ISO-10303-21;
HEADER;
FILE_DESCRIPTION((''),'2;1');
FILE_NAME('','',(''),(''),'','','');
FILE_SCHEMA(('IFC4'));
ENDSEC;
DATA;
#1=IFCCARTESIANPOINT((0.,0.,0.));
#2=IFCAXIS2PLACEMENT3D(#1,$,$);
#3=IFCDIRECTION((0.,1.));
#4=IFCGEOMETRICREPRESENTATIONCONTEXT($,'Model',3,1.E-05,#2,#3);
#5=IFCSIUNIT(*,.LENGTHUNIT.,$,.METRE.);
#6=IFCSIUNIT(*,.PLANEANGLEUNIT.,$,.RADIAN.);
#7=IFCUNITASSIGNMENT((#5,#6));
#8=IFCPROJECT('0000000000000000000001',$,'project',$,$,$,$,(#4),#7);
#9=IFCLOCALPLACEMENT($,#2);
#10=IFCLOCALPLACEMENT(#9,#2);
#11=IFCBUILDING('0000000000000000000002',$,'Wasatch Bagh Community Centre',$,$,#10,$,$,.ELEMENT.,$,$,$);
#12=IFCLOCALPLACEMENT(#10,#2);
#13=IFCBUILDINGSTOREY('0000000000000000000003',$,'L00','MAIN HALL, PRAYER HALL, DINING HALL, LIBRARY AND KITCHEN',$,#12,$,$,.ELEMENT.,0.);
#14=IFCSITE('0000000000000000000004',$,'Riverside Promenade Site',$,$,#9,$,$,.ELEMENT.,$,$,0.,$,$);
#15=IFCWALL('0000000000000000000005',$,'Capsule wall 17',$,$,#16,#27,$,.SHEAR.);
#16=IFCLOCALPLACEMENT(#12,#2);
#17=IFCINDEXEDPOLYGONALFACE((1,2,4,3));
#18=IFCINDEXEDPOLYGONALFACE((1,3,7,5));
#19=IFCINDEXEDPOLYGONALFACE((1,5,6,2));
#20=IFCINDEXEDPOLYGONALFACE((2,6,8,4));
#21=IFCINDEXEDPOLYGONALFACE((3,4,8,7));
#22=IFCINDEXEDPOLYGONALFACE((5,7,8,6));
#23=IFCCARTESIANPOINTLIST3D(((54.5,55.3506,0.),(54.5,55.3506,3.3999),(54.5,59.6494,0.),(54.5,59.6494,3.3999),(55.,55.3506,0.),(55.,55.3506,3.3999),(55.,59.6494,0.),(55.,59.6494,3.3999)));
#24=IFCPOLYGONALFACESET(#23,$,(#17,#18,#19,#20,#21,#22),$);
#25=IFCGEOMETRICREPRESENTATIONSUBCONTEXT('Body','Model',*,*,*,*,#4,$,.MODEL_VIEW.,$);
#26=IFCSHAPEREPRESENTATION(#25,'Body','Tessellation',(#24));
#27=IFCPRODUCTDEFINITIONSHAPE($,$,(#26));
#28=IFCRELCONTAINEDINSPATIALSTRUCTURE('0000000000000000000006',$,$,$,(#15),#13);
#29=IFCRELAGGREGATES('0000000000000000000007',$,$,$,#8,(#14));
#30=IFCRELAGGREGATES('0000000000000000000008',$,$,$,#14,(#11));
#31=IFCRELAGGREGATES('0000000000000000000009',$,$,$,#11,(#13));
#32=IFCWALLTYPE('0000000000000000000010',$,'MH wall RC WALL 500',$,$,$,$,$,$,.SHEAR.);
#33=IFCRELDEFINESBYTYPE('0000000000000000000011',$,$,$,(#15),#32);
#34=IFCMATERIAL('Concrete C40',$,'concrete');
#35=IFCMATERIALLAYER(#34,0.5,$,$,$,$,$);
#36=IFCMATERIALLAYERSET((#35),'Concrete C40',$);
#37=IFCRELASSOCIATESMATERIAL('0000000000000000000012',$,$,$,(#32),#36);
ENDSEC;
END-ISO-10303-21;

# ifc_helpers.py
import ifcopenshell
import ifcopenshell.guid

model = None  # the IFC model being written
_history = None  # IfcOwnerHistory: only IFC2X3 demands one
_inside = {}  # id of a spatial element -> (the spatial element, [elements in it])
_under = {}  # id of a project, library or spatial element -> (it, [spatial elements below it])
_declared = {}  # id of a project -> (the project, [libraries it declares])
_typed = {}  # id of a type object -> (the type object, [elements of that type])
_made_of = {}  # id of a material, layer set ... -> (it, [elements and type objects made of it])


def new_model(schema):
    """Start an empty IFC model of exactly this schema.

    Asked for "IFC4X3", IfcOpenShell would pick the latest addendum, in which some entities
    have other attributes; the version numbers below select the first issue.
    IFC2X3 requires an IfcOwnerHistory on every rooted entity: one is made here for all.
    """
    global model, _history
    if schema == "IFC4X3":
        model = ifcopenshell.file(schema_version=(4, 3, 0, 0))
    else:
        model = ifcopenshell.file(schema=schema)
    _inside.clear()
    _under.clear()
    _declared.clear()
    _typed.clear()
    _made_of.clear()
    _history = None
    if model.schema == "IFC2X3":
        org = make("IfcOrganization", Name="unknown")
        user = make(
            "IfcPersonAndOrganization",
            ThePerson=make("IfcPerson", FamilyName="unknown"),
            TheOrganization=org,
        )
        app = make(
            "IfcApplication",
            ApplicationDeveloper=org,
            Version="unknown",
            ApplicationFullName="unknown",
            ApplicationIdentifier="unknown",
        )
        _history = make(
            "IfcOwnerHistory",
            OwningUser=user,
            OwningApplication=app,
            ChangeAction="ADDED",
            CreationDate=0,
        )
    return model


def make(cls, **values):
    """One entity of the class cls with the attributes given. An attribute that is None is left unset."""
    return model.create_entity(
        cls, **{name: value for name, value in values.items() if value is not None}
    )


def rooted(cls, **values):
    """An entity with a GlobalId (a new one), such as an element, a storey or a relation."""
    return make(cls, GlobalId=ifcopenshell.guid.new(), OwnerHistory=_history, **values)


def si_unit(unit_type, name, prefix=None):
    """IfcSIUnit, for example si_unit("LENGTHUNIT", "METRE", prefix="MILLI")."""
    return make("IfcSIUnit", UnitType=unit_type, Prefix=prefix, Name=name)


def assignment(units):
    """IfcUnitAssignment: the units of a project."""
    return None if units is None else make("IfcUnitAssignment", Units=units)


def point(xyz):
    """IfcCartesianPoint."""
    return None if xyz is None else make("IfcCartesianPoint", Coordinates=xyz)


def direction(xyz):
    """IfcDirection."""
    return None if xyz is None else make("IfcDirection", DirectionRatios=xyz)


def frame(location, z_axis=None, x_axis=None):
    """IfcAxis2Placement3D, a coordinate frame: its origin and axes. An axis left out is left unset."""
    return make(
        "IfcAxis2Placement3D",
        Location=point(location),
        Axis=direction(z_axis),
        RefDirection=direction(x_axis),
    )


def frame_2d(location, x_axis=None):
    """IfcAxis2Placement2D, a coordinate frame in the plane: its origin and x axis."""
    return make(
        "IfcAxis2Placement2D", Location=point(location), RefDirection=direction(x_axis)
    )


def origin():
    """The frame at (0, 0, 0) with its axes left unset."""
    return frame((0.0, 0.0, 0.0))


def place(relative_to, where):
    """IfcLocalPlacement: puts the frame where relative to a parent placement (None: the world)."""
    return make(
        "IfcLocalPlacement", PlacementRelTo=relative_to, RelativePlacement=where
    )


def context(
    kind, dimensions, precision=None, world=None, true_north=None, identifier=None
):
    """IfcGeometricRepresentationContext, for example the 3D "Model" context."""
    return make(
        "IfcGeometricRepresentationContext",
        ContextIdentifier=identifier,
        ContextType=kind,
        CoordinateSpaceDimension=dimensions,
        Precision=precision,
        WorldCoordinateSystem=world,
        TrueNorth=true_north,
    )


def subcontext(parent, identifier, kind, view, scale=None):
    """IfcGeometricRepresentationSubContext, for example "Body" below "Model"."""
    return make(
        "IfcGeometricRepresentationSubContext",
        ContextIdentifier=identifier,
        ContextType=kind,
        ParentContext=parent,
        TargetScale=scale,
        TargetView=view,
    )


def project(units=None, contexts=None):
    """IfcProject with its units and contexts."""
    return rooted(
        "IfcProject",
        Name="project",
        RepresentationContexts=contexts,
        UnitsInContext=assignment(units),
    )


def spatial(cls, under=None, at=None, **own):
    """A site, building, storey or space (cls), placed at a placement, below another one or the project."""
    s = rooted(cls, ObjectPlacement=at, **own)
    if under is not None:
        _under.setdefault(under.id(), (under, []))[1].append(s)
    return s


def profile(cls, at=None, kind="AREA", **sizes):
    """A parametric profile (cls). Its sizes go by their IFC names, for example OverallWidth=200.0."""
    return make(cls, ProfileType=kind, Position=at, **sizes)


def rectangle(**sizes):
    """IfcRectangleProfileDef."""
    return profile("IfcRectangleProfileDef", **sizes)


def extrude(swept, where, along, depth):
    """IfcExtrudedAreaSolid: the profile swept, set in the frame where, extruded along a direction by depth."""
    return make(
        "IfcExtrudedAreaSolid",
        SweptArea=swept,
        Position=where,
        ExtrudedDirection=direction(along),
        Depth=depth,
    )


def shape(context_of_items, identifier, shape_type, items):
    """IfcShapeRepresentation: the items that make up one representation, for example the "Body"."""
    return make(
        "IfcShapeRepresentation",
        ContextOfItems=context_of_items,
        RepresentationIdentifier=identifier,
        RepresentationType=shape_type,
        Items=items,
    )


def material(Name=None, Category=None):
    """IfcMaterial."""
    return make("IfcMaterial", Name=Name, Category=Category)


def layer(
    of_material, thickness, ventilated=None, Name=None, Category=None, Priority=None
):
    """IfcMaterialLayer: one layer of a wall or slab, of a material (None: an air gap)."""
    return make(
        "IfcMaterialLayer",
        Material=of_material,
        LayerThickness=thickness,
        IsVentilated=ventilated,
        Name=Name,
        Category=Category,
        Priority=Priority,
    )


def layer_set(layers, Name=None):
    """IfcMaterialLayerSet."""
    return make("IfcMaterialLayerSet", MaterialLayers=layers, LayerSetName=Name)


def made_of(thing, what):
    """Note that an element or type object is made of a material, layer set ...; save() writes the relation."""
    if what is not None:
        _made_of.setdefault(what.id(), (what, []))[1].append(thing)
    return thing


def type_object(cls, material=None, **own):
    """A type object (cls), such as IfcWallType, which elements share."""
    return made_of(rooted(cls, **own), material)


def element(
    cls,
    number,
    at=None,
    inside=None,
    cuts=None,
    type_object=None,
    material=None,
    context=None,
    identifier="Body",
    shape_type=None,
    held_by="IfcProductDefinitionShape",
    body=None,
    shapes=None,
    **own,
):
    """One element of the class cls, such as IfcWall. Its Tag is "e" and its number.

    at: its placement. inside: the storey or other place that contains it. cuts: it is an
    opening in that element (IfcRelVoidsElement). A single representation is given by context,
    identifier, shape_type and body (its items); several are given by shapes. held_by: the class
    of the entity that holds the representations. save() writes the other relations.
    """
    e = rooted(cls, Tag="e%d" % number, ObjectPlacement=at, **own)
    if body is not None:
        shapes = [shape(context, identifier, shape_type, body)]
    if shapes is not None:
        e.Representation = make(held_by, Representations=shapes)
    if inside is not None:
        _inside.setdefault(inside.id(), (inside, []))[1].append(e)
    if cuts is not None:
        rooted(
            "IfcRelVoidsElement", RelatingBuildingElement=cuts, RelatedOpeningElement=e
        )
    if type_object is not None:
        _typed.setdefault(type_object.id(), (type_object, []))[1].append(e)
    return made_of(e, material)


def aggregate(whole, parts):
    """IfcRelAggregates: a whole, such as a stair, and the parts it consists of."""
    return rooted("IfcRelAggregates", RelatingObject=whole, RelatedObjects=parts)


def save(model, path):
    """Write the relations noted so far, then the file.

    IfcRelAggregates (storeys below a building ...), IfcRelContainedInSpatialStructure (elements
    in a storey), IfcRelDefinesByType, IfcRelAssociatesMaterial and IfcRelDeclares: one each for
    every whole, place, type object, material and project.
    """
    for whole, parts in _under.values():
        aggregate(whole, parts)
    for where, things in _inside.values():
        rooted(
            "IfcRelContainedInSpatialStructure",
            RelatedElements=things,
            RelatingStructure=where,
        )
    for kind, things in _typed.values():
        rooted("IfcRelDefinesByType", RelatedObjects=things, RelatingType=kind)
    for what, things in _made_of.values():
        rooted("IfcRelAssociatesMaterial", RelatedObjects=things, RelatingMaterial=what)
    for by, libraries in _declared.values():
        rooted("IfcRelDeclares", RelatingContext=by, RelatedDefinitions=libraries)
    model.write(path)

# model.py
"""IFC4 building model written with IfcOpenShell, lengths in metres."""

from ifc_helpers import new_model, si_unit, direction, frame, frame_2d, origin, place, context, subcontext, project, spatial, rectangle, extrude, material, layer, layer_set, type_object, element, save


model = new_model("IFC4")

# Units and contexts
model_context = context("Model", 3, precision=1e-05, world=origin(), true_north=direction((0.0, 1.0)))
body_context = subcontext(model_context, "Body", "Model", "MODEL_VIEW")
ifc_project = project(units=[si_unit("LENGTHUNIT", "METRE"), si_unit("PLANEANGLEUNIT", "RADIAN")], contexts=[model_context])

# Site, building, storey
site_placement = place(None, origin())
site = spatial("IfcSite", under=ifc_project, at=site_placement, Name="Riverside Promenade Site", CompositionType="ELEMENT", RefElevation=0.0)
building_placement = place(site_placement, origin())
building = spatial("IfcBuilding", under=site, at=building_placement, Name="Wasatch Bagh Community Centre", CompositionType="ELEMENT")
storey_placement = place(building_placement, origin())
storey = spatial("IfcBuildingStorey", under=building, at=storey_placement, Name="L00", Description="MAIN HALL, PRAYER HALL, DINING HALL, LIBRARY AND KITCHEN", CompositionType="ELEMENT", Elevation=0.0)

# Shared definitions
ifc_material_1 = material(Name="Concrete C40", Category="concrete")

# Wall
ifc_layer_1 = layer(ifc_material_1, 0.5)
ifc_layer_set_1 = layer_set([ifc_layer_1], Name="Concrete C40")
wall_type_1 = type_object("IfcWallType", Name="MH wall RC WALL 500", PredefinedType="SHEAR", material=ifc_layer_set_1)
wall_1_placement = place(storey_placement, frame((54.75, 55.3506, 0.0), z_axis=(0.0, 0.0, 1.0), x_axis=(0.0, 1.0, 0.0)))
element("IfcWall", 1, at=wall_1_placement, inside=storey, type_object=wall_type_1, Name="Capsule wall 17", PredefinedType="SHEAR", context=body_context, shape_type="SweptSolid", body=[
    extrude(rectangle(XDim=4.2988, YDim=0.5, at=frame_2d((2.1494, 0.0))), origin(), (0.0, 0.0, 1.0), 3.3999),
])

save(model, "model.ifc")
